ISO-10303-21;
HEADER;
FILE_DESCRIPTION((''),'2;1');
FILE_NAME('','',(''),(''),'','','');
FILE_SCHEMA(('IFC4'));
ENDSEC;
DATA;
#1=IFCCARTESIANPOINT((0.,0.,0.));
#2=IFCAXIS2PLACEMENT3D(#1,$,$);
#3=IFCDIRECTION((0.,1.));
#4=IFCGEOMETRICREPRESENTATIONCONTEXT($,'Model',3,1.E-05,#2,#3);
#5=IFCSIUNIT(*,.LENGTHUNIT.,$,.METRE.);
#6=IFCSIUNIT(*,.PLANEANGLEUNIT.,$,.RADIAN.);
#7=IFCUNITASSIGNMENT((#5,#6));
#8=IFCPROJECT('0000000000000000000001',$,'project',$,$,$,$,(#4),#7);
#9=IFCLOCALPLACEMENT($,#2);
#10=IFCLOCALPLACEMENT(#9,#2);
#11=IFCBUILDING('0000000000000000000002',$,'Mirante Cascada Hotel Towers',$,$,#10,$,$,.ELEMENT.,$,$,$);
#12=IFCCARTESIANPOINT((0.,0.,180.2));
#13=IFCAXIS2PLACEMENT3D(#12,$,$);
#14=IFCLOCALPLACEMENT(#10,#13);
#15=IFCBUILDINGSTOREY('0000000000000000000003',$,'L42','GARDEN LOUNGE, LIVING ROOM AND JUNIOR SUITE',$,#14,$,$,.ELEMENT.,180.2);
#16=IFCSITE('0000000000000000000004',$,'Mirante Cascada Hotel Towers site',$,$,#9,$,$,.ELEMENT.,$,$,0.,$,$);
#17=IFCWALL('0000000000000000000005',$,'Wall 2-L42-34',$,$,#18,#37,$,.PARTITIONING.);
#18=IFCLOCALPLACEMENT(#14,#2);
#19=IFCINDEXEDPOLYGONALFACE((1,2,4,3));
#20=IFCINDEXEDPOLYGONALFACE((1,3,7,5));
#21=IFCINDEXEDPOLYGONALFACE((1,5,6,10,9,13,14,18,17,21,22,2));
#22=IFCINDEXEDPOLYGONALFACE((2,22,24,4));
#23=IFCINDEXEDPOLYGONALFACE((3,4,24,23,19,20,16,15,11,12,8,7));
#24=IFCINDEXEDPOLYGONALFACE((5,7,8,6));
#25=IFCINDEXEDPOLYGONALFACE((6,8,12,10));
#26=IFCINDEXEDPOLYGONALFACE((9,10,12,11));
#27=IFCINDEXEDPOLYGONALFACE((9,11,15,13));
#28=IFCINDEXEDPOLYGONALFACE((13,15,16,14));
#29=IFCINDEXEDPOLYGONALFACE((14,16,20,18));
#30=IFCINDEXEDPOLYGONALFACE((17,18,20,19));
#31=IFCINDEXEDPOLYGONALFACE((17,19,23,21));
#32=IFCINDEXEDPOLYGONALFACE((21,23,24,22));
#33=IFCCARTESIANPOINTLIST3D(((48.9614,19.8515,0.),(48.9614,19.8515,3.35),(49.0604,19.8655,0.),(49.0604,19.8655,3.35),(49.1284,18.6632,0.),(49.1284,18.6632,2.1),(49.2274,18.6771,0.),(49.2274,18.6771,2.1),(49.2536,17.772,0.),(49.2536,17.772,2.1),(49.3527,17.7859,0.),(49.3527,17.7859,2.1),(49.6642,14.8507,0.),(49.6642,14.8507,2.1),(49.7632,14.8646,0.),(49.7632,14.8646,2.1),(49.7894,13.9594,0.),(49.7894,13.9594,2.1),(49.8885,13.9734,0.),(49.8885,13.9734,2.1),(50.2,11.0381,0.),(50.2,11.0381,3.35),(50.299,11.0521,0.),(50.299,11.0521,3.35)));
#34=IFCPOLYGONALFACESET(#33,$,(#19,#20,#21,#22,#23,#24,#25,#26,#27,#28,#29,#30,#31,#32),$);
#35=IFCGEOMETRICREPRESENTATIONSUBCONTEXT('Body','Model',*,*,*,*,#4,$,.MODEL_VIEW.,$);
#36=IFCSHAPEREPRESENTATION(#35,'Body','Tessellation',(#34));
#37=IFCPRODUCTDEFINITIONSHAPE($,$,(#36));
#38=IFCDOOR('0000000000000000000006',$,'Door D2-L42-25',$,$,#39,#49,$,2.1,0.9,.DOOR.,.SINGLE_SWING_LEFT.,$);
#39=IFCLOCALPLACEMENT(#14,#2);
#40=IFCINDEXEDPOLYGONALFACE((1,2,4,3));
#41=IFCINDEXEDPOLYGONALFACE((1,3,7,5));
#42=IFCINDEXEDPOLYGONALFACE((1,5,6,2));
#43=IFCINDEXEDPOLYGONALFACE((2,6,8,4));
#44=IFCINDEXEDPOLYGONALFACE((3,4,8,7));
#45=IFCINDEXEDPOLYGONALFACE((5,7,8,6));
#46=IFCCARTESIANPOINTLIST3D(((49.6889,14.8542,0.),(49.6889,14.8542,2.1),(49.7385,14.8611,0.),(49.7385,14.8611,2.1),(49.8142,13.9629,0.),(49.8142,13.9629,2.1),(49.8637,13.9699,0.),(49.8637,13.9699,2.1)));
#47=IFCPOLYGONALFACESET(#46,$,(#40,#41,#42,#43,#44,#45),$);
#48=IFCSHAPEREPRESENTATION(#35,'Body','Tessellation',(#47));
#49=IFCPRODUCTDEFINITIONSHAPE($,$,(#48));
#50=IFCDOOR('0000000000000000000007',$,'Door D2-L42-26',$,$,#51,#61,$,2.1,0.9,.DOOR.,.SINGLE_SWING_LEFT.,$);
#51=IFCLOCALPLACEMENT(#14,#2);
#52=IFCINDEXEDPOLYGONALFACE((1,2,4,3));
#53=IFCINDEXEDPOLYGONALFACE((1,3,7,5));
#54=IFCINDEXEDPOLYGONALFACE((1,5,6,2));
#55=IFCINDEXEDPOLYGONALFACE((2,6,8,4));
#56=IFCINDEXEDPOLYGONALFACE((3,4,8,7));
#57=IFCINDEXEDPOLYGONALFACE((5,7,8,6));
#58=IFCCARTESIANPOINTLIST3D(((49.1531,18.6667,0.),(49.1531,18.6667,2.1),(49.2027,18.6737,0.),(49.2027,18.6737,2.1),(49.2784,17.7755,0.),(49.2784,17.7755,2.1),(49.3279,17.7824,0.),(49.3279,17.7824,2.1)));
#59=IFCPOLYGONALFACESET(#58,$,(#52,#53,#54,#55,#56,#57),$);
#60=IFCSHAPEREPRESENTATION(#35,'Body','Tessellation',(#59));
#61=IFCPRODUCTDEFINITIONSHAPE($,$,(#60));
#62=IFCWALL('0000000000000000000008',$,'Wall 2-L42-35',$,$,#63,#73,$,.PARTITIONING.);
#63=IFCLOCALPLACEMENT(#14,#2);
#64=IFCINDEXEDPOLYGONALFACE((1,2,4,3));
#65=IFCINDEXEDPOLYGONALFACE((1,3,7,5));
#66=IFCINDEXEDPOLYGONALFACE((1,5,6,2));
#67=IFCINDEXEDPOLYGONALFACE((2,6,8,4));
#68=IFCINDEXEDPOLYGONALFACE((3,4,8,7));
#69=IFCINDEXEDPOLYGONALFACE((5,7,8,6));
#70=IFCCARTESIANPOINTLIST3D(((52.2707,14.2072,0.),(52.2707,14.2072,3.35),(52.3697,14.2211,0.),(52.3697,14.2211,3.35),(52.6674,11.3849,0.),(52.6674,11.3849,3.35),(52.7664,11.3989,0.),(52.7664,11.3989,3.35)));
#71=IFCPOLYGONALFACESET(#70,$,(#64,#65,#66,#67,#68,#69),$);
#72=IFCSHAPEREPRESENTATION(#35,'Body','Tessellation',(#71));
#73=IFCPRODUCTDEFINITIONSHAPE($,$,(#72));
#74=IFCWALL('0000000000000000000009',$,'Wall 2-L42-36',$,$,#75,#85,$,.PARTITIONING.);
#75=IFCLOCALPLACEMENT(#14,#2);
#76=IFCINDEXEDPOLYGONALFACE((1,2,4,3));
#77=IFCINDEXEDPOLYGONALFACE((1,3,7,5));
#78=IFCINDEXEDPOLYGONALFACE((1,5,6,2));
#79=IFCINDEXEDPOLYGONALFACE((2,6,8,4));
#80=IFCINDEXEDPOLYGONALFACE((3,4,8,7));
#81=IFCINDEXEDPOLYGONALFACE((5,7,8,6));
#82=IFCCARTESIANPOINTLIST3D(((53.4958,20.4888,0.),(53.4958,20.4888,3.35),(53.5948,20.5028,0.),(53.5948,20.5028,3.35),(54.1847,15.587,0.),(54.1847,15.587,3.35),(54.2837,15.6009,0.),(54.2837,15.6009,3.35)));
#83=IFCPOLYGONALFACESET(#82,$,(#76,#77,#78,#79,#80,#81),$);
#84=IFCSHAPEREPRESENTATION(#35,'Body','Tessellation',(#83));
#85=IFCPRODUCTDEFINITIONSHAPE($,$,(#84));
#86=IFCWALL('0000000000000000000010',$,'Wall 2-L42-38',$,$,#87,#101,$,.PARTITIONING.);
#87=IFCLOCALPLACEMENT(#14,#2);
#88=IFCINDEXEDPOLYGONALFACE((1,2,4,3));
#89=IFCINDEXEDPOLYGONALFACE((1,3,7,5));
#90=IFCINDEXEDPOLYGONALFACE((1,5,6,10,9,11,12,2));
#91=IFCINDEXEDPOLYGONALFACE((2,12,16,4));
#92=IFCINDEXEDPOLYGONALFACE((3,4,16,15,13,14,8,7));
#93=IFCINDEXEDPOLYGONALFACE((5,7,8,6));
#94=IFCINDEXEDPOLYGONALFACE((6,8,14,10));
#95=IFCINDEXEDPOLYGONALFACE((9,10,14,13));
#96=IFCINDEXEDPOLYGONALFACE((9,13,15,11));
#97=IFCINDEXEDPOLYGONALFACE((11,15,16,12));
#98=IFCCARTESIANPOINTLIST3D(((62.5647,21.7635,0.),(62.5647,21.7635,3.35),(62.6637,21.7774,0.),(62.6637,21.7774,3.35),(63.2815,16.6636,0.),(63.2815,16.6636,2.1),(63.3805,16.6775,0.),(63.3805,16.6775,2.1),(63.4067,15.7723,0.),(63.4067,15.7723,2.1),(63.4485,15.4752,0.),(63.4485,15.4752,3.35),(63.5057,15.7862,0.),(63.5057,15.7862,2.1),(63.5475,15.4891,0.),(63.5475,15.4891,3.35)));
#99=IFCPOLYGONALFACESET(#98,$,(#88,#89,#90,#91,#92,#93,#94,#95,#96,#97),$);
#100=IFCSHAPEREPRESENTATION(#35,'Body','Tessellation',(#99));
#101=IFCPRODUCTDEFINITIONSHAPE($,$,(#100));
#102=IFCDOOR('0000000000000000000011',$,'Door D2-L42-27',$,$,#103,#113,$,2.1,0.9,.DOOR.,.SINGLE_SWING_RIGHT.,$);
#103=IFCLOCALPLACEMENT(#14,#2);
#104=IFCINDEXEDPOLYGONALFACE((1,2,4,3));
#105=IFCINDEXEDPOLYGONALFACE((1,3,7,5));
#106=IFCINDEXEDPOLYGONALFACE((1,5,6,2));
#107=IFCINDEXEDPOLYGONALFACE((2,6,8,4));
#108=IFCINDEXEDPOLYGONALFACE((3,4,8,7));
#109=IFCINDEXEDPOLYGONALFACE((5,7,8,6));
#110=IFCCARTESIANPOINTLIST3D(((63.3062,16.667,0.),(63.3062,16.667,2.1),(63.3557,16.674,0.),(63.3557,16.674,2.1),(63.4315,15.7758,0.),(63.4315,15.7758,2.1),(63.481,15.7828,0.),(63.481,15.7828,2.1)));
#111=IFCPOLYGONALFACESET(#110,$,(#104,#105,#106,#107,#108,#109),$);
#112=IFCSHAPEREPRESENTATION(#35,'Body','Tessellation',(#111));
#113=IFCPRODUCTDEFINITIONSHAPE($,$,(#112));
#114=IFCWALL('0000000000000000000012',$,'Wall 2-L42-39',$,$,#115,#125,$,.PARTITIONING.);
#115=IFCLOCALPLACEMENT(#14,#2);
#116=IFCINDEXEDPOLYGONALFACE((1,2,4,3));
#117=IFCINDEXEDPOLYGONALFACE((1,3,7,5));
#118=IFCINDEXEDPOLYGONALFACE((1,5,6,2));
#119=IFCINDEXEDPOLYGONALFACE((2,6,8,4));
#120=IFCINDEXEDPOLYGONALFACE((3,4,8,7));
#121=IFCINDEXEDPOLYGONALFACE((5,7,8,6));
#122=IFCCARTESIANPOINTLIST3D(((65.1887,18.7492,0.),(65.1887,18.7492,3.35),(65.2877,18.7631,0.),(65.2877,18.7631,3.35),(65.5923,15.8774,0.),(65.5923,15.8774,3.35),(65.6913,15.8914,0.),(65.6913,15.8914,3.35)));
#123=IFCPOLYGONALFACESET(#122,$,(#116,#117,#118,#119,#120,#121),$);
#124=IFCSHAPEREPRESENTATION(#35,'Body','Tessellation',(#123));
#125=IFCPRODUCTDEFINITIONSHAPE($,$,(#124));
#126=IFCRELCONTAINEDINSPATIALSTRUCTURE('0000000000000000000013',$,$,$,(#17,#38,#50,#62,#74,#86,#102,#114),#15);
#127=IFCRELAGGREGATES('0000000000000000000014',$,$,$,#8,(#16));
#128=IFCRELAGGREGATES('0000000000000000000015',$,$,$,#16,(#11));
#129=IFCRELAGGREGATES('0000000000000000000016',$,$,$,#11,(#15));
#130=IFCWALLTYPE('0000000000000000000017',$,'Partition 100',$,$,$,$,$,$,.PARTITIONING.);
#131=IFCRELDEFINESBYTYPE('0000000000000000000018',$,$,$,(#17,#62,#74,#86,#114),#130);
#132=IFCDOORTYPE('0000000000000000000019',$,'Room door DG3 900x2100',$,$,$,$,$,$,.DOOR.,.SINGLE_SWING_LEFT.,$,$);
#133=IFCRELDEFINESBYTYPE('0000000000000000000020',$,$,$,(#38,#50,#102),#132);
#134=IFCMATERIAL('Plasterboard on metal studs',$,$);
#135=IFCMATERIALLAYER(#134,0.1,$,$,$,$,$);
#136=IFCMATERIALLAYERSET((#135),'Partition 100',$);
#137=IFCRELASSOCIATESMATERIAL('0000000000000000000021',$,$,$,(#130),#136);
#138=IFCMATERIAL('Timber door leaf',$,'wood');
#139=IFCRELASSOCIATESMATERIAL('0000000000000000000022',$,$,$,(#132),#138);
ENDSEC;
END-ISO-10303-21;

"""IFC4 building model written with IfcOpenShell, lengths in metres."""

from ifc_helpers import new_model, si_unit, direction, frame, frame_2d, origin, place, context, subcontext, project, spatial, rectangle, extrude, material, layer, layer_set, type_object, element, fill, save


model = new_model("IFC4")

# Units and contexts
model_context = context("Model", 3, precision=1e-05, world=origin(), true_north=direction((0.0, 1.0)))
body_context = subcontext(model_context, "Body", "Model", "MODEL_VIEW")
ifc_project = project(units=[si_unit("LENGTHUNIT", "METRE"), si_unit("PLANEANGLEUNIT", "RADIAN")], contexts=[model_context])

# Site, building, storey
site_placement = place(None, origin())
site = spatial("IfcSite", under=ifc_project, at=site_placement, Name="Mirante Cascada Hotel Towers site", CompositionType="ELEMENT", RefElevation=0.0)
building_placement = place(site_placement, origin())
building = spatial("IfcBuilding", under=site, at=building_placement, Name="Mirante Cascada Hotel Towers", CompositionType="ELEMENT")
storey_placement = place(building_placement, frame((0.0, 0.0, 180.2)))
storey = spatial("IfcBuildingStorey", under=building, at=storey_placement, Name="L42", Description="GARDEN LOUNGE, LIVING ROOM AND JUNIOR SUITE", CompositionType="ELEMENT", Elevation=180.2)

# Shared definitions
ifc_material_1 = material(Name="Plasterboard on metal studs")
ifc_layer_1 = layer(ifc_material_1, 0.1)
ifc_layer_set_1 = layer_set([ifc_layer_1], Name="Partition 100")
wall_type_1 = type_object("IfcWallType", Name="Partition 100", PredefinedType="PARTITIONING", material=ifc_layer_set_1)

# Shared definitions
ifc_material_2 = material(Name="Timber door leaf", Category="wood")
door_type_1 = type_object("IfcDoorType", Name="Room door DG3 900x2100", OperationType="SINGLE_SWING_LEFT", PredefinedType="DOOR", material=ifc_material_2)

# Wall, openings, doors
wall_1_placement = place(storey_placement, frame((49.0109, 19.8585, 0.0), z_axis=(0.0, 0.0, 1.0), x_axis=(0.139168, -0.990269, 0.0)))
wall_1 = element("IfcWall", 1, at=wall_1_placement, inside=storey, type_object=wall_type_1, Name="Wall 2-L42-34", PredefinedType="PARTITIONING", context=body_context, shape_type="SweptSolid", body=[
    extrude(rectangle(XDim=8.9, YDim=0.1, at=frame_2d((4.45, 0.0))), origin(), (0.0, 0.0, 1.0), 3.35),
])
opening_1_placement = place(wall_1_placement, frame((5.05, 0.0, 0.0)))
opening_1 = element("IfcOpeningElement", 2, at=opening_1_placement, cuts=wall_1, PredefinedType="OPENING", context=body_context, shape_type="SweptSolid", body=[
    extrude(rectangle(XDim=0.9, YDim=2.1, at=frame_2d((0.45, 1.05))), frame((0.0, 0.05, 0.0), z_axis=(0.0, -1.0, 0.0), x_axis=(1.0, 0.0, 0.0)), (0.0, 0.0, 1.0), 0.1),
])
opening_2_placement = place(wall_1_placement, frame((1.2, 0.0, 0.0)))
opening_2 = element("IfcOpeningElement", 3, at=opening_2_placement, cuts=wall_1, PredefinedType="OPENING", context=body_context, shape_type="SweptSolid", body=[
    extrude(rectangle(XDim=0.9, YDim=2.1, at=frame_2d((0.45, 1.05))), frame((0.0, 0.05, 0.0), z_axis=(0.0, -1.0, 0.0), x_axis=(1.0, 0.0, 0.0)), (0.0, 0.0, 1.0), 0.1),
])
door_1_placement = place(opening_1_placement, origin())
door_1 = element("IfcDoor", 4, at=door_1_placement, inside=storey, type_object=door_type_1, Name="Door D2-L42-25", OperationType="SINGLE_SWING_LEFT", OverallHeight=2.1, OverallWidth=0.9, PredefinedType="DOOR", context=body_context, shape_type="SweptSolid", body=[
    extrude(rectangle(XDim=0.9, YDim=2.1, at=frame_2d((0.45, 1.05))), frame((0.0, 0.025, 0.0), z_axis=(0.0, -1.0, 0.0), x_axis=(1.0, 0.0, 0.0)), (0.0, 0.0, 1.0), 0.05),
])
fill(opening_1, door_1)
door_2_placement = place(opening_2_placement, origin())
door_2 = element("IfcDoor", 5, at=door_2_placement, inside=storey, type_object=door_type_1, Name="Door D2-L42-26", OperationType="SINGLE_SWING_LEFT", OverallHeight=2.1, OverallWidth=0.9, PredefinedType="DOOR", context=body_context, shape_type="SweptSolid", body=[
    extrude(rectangle(XDim=0.9, YDim=2.1, at=frame_2d((0.45, 1.05))), frame((0.0, 0.025, 0.0), z_axis=(0.0, -1.0, 0.0), x_axis=(1.0, 0.0, 0.0)), (0.0, 0.0, 1.0), 0.05),
])
fill(opening_2, door_2)

# Walls
wall_2_placement = place(storey_placement, frame((52.7169, 11.3919, 0.0), z_axis=(0.0, 0.0, 1.0), x_axis=(-0.139191, 0.990266, 0.0)))
element("IfcWall", 6, at=wall_2_placement, inside=storey, type_object=wall_type_1, Name="Wall 2-L42-35", PredefinedType="PARTITIONING", context=body_context, shape_type="SweptSolid", body=[
    extrude(rectangle(XDim=2.85, YDim=0.1, at=frame_2d((1.425, 0.0))), origin(), (0.0, 0.0, 1.0), 3.35),
])
wall_3_placement = place(storey_placement, frame((53.5453, 20.4958, 0.0), z_axis=(0.0, 0.0, 1.0), x_axis=(0.139173, -0.990268, 0.0)))
element("IfcWall", 7, at=wall_3_placement, inside=storey, type_object=wall_type_1, Name="Wall 2-L42-36", PredefinedType="PARTITIONING", context=body_context, shape_type="SweptSolid", body=[
    extrude(rectangle(XDim=4.95, YDim=0.1, at=frame_2d((2.475, 0.0))), origin(), (0.0, 0.0, 1.0), 3.35),
])

# Wall, opening, door
wall_4_placement = place(storey_placement, frame((62.6142, 21.7704, 0.0), z_axis=(0.0, 0.0, 1.0), x_axis=(0.139179, -0.990267, 0.0)))
wall_4 = element("IfcWall", 8, at=wall_4_placement, inside=storey, type_object=wall_type_1, Name="Wall 2-L42-38", PredefinedType="PARTITIONING", context=body_context, shape_type="SweptSolid", body=[
    extrude(rectangle(XDim=6.3501, YDim=0.1, at=frame_2d((3.175, 0.0))), origin(), (0.0, 0.0, 1.0), 3.35),
])
opening_3_placement = place(wall_4_placement, frame((5.15, 0.0, 0.0)))
opening_3 = element("IfcOpeningElement", 9, at=opening_3_placement, cuts=wall_4, PredefinedType="OPENING", context=body_context, shape_type="SweptSolid", body=[
    extrude(rectangle(XDim=0.9, YDim=2.1, at=frame_2d((0.45, 1.05))), frame((0.0, 0.05, 0.0), z_axis=(0.0, -1.0, 0.0), x_axis=(1.0, 0.0, 0.0)), (0.0, 0.0, 1.0), 0.1),
])
door_3_placement = place(opening_3_placement, frame((0.9, 0.0, 0.0), z_axis=(0.0, 0.0, 1.0), x_axis=(-1.0, 0.0, 0.0)))
door_3 = element("IfcDoor", 10, at=door_3_placement, inside=storey, type_object=door_type_1, Name="Door D2-L42-27", OperationType="SINGLE_SWING_RIGHT", OverallHeight=2.1, OverallWidth=0.9, PredefinedType="DOOR", context=body_context, shape_type="SweptSolid", body=[
    extrude(rectangle(XDim=0.9, YDim=2.1, at=frame_2d((0.45, 1.05))), frame((0.0, 0.025, 0.0), z_axis=(0.0, -1.0, 0.0), x_axis=(1.0, 0.0, 0.0)), (0.0, 0.0, 1.0), 0.05),
])
fill(opening_3, door_3)

# Wall
wall_5_placement = place(storey_placement, frame((65.6418, 15.8844, 0.0), z_axis=(0.0, 0.0, 1.0), x_axis=(-0.139171, 0.990268, 0.0)))
element("IfcWall", 11, at=wall_5_placement, inside=storey, type_object=wall_type_1, Name="Wall 2-L42-39", PredefinedType="PARTITIONING", context=body_context, shape_type="SweptSolid", body=[
    extrude(rectangle(XDim=2.9, YDim=0.1, at=frame_2d((1.45, 0.0))), origin(), (0.0, 0.0, 1.0), 3.35),
])

save(model, "model.ifc")
